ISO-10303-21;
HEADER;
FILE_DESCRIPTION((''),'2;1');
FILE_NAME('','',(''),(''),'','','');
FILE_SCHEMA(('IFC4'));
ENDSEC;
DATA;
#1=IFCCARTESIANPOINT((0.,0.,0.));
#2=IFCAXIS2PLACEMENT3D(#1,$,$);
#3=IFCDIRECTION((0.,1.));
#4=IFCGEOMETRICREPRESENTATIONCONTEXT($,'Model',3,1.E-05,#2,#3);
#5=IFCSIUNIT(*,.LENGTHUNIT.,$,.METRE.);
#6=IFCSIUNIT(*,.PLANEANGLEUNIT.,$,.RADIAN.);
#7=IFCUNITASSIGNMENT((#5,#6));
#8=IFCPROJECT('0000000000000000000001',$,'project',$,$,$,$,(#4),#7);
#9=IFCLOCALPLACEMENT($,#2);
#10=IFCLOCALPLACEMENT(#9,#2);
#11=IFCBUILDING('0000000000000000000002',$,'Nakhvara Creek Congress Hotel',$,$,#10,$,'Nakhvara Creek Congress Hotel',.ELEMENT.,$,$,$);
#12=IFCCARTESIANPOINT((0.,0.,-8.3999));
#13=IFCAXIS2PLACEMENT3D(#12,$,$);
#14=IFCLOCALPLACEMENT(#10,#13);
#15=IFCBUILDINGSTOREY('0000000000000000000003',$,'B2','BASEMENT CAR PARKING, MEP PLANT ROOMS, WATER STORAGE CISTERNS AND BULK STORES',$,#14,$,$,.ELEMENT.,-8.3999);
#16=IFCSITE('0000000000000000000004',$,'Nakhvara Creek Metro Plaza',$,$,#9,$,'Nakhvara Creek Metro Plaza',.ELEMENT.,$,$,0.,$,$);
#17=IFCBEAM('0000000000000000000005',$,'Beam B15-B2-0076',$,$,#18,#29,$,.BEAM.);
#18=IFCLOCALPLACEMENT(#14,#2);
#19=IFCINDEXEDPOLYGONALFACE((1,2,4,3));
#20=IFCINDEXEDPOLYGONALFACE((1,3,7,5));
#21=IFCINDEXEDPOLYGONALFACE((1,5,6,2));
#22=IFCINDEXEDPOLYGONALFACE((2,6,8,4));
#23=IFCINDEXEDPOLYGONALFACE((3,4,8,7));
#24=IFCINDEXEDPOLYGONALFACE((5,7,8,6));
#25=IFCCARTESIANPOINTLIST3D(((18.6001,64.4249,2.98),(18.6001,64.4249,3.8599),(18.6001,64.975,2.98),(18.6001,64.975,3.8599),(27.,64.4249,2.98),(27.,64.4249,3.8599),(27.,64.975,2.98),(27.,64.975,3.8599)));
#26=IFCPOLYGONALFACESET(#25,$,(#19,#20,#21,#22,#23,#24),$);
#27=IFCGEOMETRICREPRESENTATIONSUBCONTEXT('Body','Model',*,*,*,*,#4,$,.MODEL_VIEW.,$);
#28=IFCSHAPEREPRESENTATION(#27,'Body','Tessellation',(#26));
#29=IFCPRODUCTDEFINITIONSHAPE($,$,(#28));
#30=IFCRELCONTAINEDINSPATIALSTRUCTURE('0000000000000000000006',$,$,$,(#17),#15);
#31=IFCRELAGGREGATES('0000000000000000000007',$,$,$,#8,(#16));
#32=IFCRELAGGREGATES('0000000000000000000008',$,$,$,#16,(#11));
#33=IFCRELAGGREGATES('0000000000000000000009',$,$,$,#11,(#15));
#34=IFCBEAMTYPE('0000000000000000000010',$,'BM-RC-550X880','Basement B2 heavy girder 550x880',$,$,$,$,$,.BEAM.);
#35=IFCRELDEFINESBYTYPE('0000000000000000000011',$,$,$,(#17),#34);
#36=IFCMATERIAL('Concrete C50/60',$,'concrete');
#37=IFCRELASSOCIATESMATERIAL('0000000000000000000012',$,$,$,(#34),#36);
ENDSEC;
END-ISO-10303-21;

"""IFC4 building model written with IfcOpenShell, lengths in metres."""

from ifc_helpers import new_model, si_unit, direction, frame, origin, origin_2d, place, context, subcontext, project, spatial, rectangle, extrude, material, material_profile, profile_set, type_object, element, save


model = new_model("IFC4")

# Units and contexts
model_context = context("Model", 3, precision=1e-05, world=origin(), true_north=direction((0.0, 1.0)))
body_context = subcontext(model_context, "Body", "Model", "MODEL_VIEW")
ifc_project = project(units=[si_unit("LENGTHUNIT", "METRE"), si_unit("PLANEANGLEUNIT", "RADIAN")], contexts=[model_context])

# Site, building, storey
site_placement = place(None, origin())
site = spatial("IfcSite", under=ifc_project, at=site_placement, Name="Nakhvara Creek Metro Plaza", LongName="Nakhvara Creek Metro Plaza", CompositionType="ELEMENT", RefElevation=0.0)
building_placement = place(site_placement, origin())
building = spatial("IfcBuilding", under=site, at=building_placement, Name="Nakhvara Creek Congress Hotel", LongName="Nakhvara Creek Congress Hotel", CompositionType="ELEMENT")
storey_placement = place(building_placement, frame((0.0, 0.0, -8.3999)))
storey = spatial("IfcBuildingStorey", under=building, at=storey_placement, Name="B2", Description="BASEMENT CAR PARKING, MEP PLANT ROOMS, WATER STORAGE CISTERNS AND BULK STORES", CompositionType="ELEMENT", Elevation=-8.3999)

# Shared definitions
ifc_material_1 = material(Name="Concrete C50/60", Category="concrete")

# Beam
ifc_material_profile_1 = material_profile(ifc_material_1, rectangle(XDim=0.55, YDim=0.8799, at=origin_2d()), Name="RC-BM 550x880", Category="LoadBearing")
ifc_profile_set_1 = profile_set([ifc_material_profile_1], Name="Concrete C50/60")
beam_type = type_object("IfcBeamType", Name="BM-RC-550X880", Description="Basement B2 heavy girder 550x880", PredefinedType="BEAM", material=ifc_profile_set_1)
beam_1_placement = place(storey_placement, frame((18.6001, 64.7, 3.4199), z_axis=(1.0, 0.0, 0.0), x_axis=(0.0, 1.0, 0.0)))
element("IfcBeam", 1, at=beam_1_placement, inside=storey, type_object=beam_type, Name="Beam B15-B2-0076", PredefinedType="BEAM", context=body_context, shape_type="SweptSolid", body=[
    extrude(rectangle(XDim=0.55, YDim=0.8799, at=origin_2d()), origin(), (0.0, 0.0, 1.0), 8.3999),
])

save(model, "model.ifc")
